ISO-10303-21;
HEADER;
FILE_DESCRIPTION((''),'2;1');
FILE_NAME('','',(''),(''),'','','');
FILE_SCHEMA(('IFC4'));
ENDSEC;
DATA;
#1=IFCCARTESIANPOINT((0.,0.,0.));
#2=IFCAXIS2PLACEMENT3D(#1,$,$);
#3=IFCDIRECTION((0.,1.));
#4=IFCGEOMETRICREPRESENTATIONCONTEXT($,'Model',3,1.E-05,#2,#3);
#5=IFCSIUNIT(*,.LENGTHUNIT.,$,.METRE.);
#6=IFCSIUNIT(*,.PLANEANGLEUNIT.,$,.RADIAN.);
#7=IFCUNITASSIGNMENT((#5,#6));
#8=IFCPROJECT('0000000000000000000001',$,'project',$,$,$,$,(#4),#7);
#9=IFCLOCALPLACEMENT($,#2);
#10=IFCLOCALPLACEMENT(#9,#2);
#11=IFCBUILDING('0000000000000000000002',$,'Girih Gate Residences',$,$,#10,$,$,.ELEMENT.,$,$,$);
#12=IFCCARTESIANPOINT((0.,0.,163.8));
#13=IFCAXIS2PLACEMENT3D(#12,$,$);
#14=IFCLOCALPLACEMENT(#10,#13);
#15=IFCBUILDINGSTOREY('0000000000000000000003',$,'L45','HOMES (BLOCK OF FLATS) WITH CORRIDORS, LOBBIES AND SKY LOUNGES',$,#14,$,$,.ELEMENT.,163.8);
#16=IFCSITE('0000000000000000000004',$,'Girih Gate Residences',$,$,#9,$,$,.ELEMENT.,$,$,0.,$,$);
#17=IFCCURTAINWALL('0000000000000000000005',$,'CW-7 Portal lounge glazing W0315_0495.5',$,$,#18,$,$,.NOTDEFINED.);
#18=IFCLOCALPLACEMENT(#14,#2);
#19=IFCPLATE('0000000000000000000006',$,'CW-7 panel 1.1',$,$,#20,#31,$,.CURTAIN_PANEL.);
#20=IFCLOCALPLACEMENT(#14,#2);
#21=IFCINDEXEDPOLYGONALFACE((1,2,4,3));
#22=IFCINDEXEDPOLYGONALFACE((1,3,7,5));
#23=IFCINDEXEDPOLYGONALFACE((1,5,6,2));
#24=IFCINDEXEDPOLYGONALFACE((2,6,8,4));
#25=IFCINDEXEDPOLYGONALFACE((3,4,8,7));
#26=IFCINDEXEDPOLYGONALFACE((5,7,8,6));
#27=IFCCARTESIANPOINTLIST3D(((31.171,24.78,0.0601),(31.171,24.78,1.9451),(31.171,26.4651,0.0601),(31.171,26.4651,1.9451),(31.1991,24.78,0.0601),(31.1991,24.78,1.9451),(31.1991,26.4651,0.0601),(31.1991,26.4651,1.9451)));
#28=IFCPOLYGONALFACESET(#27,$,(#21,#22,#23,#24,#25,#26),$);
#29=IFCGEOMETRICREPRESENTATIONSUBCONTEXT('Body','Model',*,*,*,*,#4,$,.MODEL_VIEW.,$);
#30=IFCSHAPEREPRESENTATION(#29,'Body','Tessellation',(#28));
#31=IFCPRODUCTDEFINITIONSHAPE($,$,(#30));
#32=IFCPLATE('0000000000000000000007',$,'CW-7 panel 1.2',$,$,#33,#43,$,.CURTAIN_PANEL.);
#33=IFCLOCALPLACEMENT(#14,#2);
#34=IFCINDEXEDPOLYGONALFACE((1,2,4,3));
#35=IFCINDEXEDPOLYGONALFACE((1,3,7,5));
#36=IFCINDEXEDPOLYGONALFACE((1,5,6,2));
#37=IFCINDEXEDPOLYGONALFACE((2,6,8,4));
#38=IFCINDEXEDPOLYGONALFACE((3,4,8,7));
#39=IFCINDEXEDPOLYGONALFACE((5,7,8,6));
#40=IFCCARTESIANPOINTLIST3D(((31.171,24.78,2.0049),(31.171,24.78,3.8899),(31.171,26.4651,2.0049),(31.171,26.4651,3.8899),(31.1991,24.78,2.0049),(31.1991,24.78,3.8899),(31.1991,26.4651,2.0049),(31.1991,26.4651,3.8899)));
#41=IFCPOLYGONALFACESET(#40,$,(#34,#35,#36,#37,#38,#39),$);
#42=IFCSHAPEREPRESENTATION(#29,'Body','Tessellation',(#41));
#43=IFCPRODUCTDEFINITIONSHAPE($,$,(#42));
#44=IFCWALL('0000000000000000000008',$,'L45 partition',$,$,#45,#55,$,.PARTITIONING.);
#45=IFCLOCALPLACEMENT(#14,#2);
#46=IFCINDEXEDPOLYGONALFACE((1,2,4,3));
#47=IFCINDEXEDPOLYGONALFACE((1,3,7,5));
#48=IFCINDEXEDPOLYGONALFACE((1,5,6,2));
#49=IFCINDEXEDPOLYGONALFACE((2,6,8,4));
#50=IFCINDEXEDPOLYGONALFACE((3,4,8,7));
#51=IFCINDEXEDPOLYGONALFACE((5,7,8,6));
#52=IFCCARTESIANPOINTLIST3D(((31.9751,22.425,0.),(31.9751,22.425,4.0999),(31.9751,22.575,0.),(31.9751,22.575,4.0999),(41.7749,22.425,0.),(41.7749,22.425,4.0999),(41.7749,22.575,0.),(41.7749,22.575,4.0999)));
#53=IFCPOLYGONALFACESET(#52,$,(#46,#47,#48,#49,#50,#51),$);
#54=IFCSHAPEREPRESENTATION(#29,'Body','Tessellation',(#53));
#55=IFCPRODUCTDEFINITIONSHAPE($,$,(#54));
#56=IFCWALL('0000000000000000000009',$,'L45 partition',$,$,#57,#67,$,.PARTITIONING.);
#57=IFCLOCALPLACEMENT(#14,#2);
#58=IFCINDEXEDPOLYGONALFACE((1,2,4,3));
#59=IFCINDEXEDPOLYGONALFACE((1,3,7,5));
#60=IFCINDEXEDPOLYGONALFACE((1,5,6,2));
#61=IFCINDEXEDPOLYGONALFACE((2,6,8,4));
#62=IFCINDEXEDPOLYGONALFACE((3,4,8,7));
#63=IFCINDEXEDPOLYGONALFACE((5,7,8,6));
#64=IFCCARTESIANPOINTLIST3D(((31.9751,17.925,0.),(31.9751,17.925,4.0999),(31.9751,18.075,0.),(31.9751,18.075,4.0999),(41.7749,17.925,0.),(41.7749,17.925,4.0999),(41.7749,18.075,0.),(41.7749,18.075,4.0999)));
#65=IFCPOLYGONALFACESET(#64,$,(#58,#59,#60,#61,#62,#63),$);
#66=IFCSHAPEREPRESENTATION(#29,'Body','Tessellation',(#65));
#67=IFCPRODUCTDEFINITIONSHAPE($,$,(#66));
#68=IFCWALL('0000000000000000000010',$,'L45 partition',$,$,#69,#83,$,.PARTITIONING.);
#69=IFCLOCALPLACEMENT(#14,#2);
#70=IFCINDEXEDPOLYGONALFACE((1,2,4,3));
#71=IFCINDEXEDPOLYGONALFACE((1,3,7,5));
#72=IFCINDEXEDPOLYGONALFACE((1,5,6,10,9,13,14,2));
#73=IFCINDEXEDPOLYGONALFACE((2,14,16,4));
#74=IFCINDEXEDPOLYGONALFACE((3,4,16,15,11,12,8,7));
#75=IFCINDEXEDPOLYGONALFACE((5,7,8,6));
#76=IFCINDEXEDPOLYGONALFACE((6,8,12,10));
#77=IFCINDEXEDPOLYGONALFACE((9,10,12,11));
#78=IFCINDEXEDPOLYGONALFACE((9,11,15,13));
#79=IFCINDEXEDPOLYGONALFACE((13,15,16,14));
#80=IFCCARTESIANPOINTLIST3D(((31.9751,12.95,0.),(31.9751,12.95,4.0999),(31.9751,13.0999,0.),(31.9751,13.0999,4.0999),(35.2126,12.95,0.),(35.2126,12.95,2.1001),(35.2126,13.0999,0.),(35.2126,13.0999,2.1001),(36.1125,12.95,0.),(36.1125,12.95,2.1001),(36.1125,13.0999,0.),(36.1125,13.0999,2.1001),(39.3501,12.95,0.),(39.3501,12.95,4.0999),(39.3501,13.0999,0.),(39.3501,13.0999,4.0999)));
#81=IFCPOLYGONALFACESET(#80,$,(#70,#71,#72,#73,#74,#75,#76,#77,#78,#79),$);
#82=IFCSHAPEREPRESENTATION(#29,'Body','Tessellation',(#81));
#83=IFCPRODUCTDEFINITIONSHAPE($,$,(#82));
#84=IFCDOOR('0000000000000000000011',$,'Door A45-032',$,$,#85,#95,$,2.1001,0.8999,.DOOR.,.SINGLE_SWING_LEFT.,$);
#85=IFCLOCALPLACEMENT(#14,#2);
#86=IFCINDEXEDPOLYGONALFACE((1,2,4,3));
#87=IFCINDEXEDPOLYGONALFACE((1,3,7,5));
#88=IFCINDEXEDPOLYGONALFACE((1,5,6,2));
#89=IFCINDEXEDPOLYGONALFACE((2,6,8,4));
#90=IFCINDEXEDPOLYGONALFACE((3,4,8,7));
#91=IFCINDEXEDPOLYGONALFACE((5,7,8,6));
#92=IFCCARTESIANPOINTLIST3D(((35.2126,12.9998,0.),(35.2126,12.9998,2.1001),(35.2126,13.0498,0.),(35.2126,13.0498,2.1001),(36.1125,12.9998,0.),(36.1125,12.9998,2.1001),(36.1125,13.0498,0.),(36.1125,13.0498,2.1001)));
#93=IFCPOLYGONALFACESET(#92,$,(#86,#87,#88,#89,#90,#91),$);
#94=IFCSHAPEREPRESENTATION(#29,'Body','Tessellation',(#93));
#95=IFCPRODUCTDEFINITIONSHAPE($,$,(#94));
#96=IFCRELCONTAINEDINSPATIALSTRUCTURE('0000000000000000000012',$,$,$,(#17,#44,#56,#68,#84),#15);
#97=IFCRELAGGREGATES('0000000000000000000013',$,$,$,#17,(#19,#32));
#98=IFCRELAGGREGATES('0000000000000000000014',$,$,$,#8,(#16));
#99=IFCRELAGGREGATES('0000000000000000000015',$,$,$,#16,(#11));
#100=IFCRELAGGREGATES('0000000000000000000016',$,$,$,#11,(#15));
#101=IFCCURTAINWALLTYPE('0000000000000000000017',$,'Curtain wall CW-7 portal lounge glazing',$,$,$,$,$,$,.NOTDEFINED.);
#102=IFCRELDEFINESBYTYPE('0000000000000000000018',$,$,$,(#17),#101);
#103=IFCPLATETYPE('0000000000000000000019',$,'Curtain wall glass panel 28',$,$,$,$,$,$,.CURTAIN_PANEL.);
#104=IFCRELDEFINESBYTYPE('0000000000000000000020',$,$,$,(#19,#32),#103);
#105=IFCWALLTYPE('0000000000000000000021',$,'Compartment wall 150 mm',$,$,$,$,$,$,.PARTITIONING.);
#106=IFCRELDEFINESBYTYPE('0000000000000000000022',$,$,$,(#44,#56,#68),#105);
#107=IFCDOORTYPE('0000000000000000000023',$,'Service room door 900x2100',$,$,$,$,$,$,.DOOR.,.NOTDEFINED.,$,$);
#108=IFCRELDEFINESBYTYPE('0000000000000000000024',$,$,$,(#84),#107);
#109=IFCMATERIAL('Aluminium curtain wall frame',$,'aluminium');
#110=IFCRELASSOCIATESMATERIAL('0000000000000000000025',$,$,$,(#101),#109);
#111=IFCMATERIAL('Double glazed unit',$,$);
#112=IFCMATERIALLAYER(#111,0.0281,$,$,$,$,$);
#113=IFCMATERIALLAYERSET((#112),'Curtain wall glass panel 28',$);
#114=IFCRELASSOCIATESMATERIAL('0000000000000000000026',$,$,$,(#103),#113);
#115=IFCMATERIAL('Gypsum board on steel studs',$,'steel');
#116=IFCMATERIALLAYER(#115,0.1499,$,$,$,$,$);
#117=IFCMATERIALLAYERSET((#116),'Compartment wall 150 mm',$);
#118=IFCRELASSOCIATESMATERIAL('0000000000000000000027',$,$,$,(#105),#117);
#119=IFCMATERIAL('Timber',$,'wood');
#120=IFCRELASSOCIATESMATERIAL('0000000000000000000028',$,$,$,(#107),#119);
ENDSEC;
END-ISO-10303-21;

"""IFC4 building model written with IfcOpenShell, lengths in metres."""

from ifc_helpers import new_model, si_unit, direction, frame, frame_2d, origin, origin_2d, place, context, subcontext, project, spatial, rectangle, extrude, material, layer, layer_set, type_object, element, fill, aggregate, save


model = new_model("IFC4")

# Units and contexts
model_context = context("Model", 3, precision=1e-05, world=origin(), true_north=direction((0.0, 1.0)))
body_context = subcontext(model_context, "Body", "Model", "MODEL_VIEW")
ifc_project = project(units=[si_unit("LENGTHUNIT", "METRE"), si_unit("PLANEANGLEUNIT", "RADIAN")], contexts=[model_context])

# Site, building, storey
site_placement = place(None, origin())
site = spatial("IfcSite", under=ifc_project, at=site_placement, Name="Girih Gate Residences", CompositionType="ELEMENT", RefElevation=0.0)
building_placement = place(site_placement, origin())
building = spatial("IfcBuilding", under=site, at=building_placement, Name="Girih Gate Residences", CompositionType="ELEMENT")
storey_placement = place(building_placement, frame((0.0, 0.0, 163.8)))
storey = spatial("IfcBuildingStorey", under=building, at=storey_placement, Name="L45", Description="HOMES (BLOCK OF FLATS) WITH CORRIDORS, LOBBIES AND SKY LOUNGES", CompositionType="ELEMENT", Elevation=163.8)

# Curtain wall
ifc_material_1 = material(Name="Aluminium curtain wall frame", Category="aluminium")
curtain_wall_type = type_object("IfcCurtainWallType", Name="Curtain wall CW-7 portal lounge glazing", PredefinedType="NOTDEFINED", material=ifc_material_1)
curtain_wall_placement = place(storey_placement, origin())
curtain_wall = element("IfcCurtainWall", 1, at=curtain_wall_placement, inside=storey, type_object=curtain_wall_type, Name="CW-7 Portal lounge glazing W0315_0495.5", PredefinedType="NOTDEFINED")

# Plates
ifc_material_2 = material(Name="Double glazed unit")
ifc_layer_1 = layer(ifc_material_2, 0.0281)
ifc_layer_set_1 = layer_set([ifc_layer_1], Name="Curtain wall glass panel 28")
plate_type = type_object("IfcPlateType", Name="Curtain wall glass panel 28", PredefinedType="CURTAIN_PANEL", material=ifc_layer_set_1)
plate_1_placement = place(storey_placement, frame((31.1851, 25.6226, 0.0601), z_axis=(0.0, 0.0, 1.0), x_axis=(0.0, -1.0, 0.0)))
plate_1 = element("IfcPlate", 2, at=plate_1_placement, type_object=plate_type, Name="CW-7 panel 1.1", PredefinedType="CURTAIN_PANEL", context=body_context, shape_type="SweptSolid", body=[
    extrude(rectangle(XDim=1.6851, YDim=0.0281, at=origin_2d()), origin(), (0.0, 0.0, 1.0), 1.885),
])
plate_2_placement = place(storey_placement, frame((31.1851, 25.6226, 2.0049), z_axis=(0.0, 0.0, 1.0), x_axis=(0.0, -1.0, 0.0)))
plate_2 = element("IfcPlate", 3, at=plate_2_placement, type_object=plate_type, Name="CW-7 panel 1.2", PredefinedType="CURTAIN_PANEL", context=body_context, shape_type="SweptSolid", body=[
    extrude(rectangle(XDim=1.6851, YDim=0.0281, at=origin_2d()), origin(), (0.0, 0.0, 1.0), 1.885),
])
aggregate(curtain_wall, [plate_1, plate_2])

# Walls
ifc_material_3 = material(Name="Gypsum board on steel studs", Category="steel")
ifc_layer_2 = layer(ifc_material_3, 0.1499)
ifc_layer_set_2 = layer_set([ifc_layer_2], Name="Compartment wall 150 mm")
wall_type = type_object("IfcWallType", Name="Compartment wall 150 mm", PredefinedType="PARTITIONING", material=ifc_layer_set_2)
for number, where, z_axis, x_axis, name in (
    (4, (31.9751, 22.5, 0.0), (0.0, 0.0, 1.0), (1.0, 0.0, 0.0), "L45 partition"),
    (5, (31.9751, 18.0, 0.0), (0.0, 0.0, 1.0), (1.0, 0.0, 0.0), "L45 partition"),
):
    element("IfcWall", number, at=place(storey_placement, frame(where, z_axis=z_axis, x_axis=x_axis)), inside=storey, type_object=wall_type, Name=name, PredefinedType="PARTITIONING", context=body_context, shape_type="SweptSolid", body=[
        extrude(rectangle(XDim=9.7998, YDim=0.1499, at=frame_2d((4.8999, 0.0))), origin(), (0.0, 0.0, 1.0), 4.0999),
    ])

# Wall, opening, door
wall_placement = place(storey_placement, frame((31.9751, 13.0249, 0.0), z_axis=(0.0, 0.0, 1.0), x_axis=(1.0, 0.0, 0.0)))
wall = element("IfcWall", 6, at=wall_placement, inside=storey, type_object=wall_type, Name="L45 partition", PredefinedType="PARTITIONING", context=body_context, shape_type="SweptSolid", body=[
    extrude(rectangle(XDim=7.375, YDim=0.1499, at=frame_2d((3.6875, 0.0))), origin(), (0.0, 0.0, 1.0), 4.0999),
])
opening_placement = place(wall_placement, frame((3.2375, 0.0, 0.0)))
opening = element("IfcOpeningElement", 7, at=opening_placement, cuts=wall, PredefinedType="OPENING", context=body_context, shape_type="SweptSolid", body=[
    extrude(rectangle(XDim=0.8999, YDim=2.1001, at=frame_2d((0.45, 1.05))), frame((0.0, 0.085, 0.0), z_axis=(0.0, -1.0, 0.0), x_axis=(1.0, 0.0, 0.0)), (0.0, 0.0, 1.0), 0.1699),
])
ifc_material_4 = material(Name="Timber", Category="wood")
door_type = type_object("IfcDoorType", Name="Service room door 900x2100", OperationType="NOTDEFINED", PredefinedType="DOOR", material=ifc_material_4)
door_placement = place(opening_placement, origin())
door = element("IfcDoor", 8, at=door_placement, inside=storey, type_object=door_type, Name="Door A45-032", OperationType="SINGLE_SWING_LEFT", OverallHeight=2.1001, OverallWidth=0.8999, PredefinedType="DOOR", context=body_context, shape_type="SweptSolid", body=[
    extrude(rectangle(XDim=0.8999, YDim=2.1001, at=frame_2d((0.45, 1.05))), frame((0.0, 0.0249, 0.0), z_axis=(0.0, -1.0, 0.0), x_axis=(1.0, 0.0, 0.0)), (0.0, 0.0, 1.0), 0.05),
])
fill(opening, door)

save(model, "model.ifc")
